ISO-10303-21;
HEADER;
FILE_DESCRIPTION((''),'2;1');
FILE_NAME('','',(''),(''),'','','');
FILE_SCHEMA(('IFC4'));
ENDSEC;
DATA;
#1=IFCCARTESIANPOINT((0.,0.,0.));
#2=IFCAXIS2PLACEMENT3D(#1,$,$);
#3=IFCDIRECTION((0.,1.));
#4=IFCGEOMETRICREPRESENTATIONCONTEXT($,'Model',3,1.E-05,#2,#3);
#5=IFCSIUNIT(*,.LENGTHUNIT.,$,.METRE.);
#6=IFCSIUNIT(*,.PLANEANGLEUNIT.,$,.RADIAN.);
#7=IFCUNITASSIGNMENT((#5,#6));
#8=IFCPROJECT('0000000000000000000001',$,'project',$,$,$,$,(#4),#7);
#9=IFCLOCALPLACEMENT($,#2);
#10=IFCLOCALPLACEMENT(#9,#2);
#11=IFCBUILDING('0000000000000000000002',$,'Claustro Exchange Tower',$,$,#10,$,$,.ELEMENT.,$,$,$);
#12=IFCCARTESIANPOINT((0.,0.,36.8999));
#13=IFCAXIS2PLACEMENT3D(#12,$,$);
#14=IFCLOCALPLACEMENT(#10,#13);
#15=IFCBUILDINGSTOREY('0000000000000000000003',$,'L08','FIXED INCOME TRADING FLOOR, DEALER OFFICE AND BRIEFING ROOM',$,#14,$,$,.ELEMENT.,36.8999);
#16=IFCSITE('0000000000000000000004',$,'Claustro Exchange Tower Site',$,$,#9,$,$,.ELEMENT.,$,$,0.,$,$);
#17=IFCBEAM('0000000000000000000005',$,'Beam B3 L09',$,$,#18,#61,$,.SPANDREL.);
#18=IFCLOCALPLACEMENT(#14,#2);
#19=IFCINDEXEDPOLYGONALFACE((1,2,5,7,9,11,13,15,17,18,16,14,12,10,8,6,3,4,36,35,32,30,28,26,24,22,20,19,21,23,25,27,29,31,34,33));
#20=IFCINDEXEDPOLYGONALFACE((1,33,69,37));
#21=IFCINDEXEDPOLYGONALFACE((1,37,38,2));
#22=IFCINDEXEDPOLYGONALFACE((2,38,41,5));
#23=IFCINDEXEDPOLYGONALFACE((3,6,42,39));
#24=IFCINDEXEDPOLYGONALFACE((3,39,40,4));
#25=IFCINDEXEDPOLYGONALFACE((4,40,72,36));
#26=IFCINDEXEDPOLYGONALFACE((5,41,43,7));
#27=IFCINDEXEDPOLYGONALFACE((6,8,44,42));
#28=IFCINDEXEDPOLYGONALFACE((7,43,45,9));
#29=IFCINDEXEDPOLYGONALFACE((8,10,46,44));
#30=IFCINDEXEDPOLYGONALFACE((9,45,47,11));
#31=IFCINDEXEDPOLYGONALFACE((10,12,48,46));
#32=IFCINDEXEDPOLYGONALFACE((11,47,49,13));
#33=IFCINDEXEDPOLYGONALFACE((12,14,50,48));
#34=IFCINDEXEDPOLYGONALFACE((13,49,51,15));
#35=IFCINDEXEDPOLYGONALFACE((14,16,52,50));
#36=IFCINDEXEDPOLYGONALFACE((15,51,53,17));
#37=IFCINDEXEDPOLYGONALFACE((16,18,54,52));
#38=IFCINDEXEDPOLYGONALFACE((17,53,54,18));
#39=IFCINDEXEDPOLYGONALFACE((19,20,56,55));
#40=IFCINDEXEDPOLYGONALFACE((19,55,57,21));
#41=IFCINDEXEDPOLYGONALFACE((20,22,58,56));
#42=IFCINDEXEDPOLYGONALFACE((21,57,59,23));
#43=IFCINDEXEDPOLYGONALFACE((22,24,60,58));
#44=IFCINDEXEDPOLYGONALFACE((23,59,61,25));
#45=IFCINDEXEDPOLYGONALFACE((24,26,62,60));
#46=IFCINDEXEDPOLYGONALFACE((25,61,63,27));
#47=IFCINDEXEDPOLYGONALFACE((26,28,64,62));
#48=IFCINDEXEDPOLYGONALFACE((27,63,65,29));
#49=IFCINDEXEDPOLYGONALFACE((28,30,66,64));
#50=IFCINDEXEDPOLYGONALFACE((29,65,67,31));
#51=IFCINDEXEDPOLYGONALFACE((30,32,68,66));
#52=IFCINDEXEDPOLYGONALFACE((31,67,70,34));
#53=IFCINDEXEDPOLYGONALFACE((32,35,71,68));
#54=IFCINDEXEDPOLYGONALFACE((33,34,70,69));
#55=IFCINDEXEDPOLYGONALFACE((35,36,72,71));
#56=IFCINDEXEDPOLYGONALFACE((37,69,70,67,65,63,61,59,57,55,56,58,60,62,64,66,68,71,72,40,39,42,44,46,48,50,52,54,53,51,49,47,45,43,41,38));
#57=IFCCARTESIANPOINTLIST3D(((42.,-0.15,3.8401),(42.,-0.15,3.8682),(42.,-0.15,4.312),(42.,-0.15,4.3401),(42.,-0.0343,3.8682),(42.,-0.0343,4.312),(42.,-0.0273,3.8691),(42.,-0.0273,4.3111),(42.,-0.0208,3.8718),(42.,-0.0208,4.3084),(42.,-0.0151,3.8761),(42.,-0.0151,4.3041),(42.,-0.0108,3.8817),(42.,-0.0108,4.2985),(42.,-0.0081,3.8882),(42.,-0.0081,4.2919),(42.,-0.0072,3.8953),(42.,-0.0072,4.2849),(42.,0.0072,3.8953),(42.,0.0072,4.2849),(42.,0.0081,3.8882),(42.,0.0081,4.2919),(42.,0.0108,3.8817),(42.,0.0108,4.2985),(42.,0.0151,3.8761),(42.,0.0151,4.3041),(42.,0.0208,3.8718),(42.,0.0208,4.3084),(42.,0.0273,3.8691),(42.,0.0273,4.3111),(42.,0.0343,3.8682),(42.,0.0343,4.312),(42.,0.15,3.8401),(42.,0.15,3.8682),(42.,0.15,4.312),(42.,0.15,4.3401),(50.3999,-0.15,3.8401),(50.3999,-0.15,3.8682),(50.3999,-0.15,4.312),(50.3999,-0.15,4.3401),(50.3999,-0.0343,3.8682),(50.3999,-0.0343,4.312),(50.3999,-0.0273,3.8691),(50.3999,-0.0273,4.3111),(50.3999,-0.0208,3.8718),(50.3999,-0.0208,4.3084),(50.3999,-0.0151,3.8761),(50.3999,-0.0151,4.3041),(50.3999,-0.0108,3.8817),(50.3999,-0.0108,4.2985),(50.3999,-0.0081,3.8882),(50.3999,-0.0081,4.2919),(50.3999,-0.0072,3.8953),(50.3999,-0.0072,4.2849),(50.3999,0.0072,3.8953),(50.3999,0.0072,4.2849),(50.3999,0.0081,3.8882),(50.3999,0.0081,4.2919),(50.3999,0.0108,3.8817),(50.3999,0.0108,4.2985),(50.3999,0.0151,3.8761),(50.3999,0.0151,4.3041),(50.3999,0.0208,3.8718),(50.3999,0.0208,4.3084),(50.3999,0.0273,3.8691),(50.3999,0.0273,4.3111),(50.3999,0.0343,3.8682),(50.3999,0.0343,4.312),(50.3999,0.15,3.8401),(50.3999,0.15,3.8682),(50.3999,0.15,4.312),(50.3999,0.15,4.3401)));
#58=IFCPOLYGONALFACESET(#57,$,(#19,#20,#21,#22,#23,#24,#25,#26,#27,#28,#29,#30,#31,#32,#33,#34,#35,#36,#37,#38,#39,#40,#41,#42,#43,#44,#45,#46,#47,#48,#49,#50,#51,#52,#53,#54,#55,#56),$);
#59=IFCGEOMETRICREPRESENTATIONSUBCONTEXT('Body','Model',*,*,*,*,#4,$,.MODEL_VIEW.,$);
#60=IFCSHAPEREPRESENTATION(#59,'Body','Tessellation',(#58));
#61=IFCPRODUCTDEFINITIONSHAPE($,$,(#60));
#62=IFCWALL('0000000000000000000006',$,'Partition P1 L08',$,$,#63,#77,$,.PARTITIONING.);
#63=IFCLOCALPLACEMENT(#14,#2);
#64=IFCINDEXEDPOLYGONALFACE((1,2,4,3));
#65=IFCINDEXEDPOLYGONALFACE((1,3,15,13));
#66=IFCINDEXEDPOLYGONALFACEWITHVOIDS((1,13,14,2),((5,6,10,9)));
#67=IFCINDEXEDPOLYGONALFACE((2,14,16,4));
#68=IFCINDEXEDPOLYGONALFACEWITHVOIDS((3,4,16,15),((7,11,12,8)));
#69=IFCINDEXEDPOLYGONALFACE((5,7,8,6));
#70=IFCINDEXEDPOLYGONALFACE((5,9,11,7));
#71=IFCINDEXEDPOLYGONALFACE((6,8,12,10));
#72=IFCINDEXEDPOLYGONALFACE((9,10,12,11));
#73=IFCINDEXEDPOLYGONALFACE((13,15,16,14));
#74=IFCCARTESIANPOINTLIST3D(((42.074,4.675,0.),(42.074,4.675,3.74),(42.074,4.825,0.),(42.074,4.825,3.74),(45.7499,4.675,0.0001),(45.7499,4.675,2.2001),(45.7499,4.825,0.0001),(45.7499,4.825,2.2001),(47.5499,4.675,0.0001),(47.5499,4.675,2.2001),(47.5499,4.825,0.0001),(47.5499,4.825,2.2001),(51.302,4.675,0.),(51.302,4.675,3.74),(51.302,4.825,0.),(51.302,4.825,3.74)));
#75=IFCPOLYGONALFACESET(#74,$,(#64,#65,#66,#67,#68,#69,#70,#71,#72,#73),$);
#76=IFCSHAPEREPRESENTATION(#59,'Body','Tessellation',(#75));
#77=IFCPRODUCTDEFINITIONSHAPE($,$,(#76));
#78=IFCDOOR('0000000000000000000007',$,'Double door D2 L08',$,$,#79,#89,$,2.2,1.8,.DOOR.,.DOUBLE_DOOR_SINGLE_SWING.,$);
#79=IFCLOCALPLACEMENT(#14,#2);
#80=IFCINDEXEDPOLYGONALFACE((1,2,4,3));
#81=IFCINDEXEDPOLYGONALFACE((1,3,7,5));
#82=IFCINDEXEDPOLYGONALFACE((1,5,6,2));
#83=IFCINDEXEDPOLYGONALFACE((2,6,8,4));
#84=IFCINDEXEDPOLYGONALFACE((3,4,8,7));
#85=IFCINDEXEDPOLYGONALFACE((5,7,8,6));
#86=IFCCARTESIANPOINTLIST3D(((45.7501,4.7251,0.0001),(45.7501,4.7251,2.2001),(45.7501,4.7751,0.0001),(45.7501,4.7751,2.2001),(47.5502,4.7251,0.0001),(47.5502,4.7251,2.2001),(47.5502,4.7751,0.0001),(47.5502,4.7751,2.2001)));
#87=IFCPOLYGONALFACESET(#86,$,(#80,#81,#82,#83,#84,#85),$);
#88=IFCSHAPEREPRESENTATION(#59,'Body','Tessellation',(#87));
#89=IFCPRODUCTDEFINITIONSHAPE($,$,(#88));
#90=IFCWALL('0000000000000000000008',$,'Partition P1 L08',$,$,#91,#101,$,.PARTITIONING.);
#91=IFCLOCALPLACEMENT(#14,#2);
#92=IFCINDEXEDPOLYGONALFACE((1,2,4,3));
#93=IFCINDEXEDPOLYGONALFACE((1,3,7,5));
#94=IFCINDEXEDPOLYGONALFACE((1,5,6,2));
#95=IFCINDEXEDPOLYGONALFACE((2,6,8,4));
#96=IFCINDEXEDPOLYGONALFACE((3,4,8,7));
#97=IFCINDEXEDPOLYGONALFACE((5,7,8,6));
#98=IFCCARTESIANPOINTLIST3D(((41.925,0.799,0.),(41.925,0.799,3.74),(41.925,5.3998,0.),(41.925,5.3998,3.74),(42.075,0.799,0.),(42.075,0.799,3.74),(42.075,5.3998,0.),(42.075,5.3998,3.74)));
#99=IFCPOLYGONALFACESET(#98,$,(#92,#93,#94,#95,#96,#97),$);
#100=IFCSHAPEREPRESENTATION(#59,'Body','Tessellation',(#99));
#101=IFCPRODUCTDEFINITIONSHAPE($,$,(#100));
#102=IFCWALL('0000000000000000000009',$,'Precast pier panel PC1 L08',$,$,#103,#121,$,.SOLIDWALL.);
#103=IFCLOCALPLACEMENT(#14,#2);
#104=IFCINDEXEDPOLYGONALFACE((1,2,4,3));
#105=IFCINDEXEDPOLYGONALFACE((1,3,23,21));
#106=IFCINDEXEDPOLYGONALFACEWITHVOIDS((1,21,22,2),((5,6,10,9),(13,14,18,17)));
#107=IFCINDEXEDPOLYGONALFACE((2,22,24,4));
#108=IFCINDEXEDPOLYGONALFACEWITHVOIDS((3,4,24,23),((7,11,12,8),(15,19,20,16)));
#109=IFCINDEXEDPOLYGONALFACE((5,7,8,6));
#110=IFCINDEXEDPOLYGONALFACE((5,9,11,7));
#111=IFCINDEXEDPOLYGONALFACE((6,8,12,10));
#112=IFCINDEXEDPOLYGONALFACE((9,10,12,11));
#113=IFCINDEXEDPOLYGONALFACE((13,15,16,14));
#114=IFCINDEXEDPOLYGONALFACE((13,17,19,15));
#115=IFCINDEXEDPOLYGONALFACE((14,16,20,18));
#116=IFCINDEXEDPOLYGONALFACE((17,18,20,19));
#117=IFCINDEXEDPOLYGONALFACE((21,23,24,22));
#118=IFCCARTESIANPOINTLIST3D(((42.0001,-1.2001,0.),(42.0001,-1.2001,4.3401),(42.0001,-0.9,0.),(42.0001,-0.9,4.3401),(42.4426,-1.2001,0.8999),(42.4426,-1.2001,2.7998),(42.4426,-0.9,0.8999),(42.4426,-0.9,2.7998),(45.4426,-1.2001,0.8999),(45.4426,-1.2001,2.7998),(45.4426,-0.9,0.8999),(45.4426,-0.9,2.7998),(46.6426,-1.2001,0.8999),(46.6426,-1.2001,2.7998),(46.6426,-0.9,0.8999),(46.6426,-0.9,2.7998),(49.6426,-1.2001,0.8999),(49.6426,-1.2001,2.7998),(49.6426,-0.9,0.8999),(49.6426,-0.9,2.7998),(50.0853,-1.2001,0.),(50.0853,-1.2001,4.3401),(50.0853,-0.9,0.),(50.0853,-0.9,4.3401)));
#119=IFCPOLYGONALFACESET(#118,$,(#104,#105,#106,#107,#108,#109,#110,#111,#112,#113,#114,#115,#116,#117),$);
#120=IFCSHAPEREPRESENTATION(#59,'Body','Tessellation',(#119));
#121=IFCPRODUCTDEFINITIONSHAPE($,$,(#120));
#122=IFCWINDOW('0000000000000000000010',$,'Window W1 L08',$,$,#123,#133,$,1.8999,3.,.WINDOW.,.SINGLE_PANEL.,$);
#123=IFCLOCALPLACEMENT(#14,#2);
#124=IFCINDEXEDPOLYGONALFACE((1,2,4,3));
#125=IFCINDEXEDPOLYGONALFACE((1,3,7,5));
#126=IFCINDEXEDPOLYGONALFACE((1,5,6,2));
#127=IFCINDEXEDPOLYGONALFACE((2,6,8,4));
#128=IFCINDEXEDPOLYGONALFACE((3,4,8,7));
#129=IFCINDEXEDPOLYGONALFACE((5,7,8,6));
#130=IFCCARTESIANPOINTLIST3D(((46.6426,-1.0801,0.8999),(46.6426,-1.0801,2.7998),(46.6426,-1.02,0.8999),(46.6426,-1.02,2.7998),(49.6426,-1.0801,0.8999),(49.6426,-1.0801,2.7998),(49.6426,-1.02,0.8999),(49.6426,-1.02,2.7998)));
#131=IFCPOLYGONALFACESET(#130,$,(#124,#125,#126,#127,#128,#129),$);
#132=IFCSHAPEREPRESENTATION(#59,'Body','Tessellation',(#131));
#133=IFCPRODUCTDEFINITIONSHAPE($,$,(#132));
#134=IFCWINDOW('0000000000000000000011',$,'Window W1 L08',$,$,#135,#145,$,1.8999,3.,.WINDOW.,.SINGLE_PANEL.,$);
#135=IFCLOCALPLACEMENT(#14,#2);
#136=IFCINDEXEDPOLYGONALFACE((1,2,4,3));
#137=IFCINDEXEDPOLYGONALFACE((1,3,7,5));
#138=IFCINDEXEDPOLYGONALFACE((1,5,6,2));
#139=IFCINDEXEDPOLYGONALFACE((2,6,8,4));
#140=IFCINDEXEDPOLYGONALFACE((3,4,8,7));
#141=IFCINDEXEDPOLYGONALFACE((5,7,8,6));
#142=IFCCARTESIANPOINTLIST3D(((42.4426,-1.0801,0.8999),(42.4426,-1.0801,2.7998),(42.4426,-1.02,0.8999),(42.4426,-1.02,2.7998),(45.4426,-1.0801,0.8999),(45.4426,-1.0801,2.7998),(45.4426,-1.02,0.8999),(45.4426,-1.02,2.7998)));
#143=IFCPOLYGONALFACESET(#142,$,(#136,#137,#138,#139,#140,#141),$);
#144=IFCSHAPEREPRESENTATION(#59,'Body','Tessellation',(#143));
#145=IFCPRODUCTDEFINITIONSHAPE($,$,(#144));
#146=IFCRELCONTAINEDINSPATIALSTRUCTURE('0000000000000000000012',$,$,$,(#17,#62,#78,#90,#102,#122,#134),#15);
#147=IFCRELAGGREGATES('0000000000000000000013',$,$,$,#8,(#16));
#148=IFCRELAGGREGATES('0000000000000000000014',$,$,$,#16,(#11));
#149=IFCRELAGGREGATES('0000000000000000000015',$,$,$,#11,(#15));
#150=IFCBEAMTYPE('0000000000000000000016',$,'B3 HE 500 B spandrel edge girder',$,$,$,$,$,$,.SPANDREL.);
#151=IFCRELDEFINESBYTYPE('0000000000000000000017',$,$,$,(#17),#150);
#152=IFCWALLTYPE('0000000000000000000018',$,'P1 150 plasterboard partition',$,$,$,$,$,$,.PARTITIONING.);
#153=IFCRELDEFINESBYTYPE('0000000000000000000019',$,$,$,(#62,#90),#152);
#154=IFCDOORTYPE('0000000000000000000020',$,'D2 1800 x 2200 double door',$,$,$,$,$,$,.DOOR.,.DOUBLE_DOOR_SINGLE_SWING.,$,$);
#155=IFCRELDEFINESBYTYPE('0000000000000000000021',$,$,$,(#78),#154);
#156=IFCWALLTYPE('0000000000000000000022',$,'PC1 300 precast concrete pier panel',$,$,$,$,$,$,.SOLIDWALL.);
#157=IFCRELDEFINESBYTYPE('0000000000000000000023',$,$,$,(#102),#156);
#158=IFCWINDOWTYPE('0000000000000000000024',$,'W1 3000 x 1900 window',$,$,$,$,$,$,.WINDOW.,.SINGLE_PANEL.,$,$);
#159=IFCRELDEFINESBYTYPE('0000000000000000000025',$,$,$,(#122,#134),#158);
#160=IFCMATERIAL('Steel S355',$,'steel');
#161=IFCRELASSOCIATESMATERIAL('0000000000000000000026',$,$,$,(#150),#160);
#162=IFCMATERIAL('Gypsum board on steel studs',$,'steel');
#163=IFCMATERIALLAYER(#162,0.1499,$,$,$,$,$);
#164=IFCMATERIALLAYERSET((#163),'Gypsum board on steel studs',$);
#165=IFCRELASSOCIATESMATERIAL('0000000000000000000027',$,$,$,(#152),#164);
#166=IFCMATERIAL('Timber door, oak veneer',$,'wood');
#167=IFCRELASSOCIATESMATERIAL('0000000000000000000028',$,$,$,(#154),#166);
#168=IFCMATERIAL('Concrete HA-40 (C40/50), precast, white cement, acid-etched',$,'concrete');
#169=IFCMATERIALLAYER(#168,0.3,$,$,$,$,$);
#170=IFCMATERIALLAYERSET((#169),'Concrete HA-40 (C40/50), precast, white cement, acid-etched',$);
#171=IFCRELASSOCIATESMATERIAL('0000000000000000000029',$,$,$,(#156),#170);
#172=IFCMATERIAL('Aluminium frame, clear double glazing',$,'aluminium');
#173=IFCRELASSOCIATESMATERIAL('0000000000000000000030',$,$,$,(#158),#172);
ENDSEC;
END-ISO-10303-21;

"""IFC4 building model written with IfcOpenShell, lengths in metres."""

from ifc_helpers import new_model, si_unit, direction, frame, frame_2d, origin, origin_2d, place, context, subcontext, project, spatial, rectangle, i_section, extrude, material, layer, layer_set, material_profile, profile_set, type_object, element, fill, save


model = new_model("IFC4")

# Units and contexts
model_context = context("Model", 3, precision=1e-05, world=origin(), true_north=direction((0.0, 1.0)))
body_context = subcontext(model_context, "Body", "Model", "MODEL_VIEW")
ifc_project = project(units=[si_unit("LENGTHUNIT", "METRE"), si_unit("PLANEANGLEUNIT", "RADIAN")], contexts=[model_context])

# Site, building, storey
site_placement = place(None, origin())
site = spatial("IfcSite", under=ifc_project, at=site_placement, Name="Claustro Exchange Tower Site", CompositionType="ELEMENT", RefElevation=0.0)
building_placement = place(site_placement, origin())
building = spatial("IfcBuilding", under=site, at=building_placement, Name="Claustro Exchange Tower", CompositionType="ELEMENT")
storey_placement = place(building_placement, frame((0.0, 0.0, 36.8999)))
storey = spatial("IfcBuildingStorey", under=building, at=storey_placement, Name="L08", Description="FIXED INCOME TRADING FLOOR, DEALER OFFICE AND BRIEFING ROOM", CompositionType="ELEMENT", Elevation=36.8999)

# Beam
ifc_material_1 = material(Name="Steel S355", Category="steel")
ifc_material_profile_1 = material_profile(ifc_material_1, i_section(OverallWidth=0.3, OverallDepth=0.5, WebThickness=0.0144, FlangeThickness=0.0281, FilletRadius=0.0271, at=origin_2d()), Name="HE 500 B")
ifc_profile_set_1 = profile_set([ifc_material_profile_1], Name="Steel S355")
beam_type_1 = type_object("IfcBeamType", Name="B3 HE 500 B spandrel edge girder", PredefinedType="SPANDREL", material=ifc_profile_set_1)
for number, where, z_axis, x_axis, name in (
    (1, (42.0, 0.0, 4.0901), (1.0, 0.0, 0.0), (0.0, 1.0, 0.0), "Beam B3 L09"),
):
    element("IfcBeam", number, at=place(storey_placement, frame(where, z_axis=z_axis, x_axis=x_axis)), inside=storey, type_object=beam_type_1, Name=name, PredefinedType="SPANDREL", context=body_context, shape_type="SweptSolid", body=[
        extrude(i_section(OverallWidth=0.3, OverallDepth=0.5, WebThickness=0.0144, FlangeThickness=0.0281, FilletRadius=0.0271, at=origin_2d()), origin(), (0.0, 0.0, 1.0), 8.3999),
    ])

# Wall, opening, door
ifc_material_2 = material(Name="Gypsum board on steel studs", Category="steel")
ifc_layer_1 = layer(ifc_material_2, 0.1499)
ifc_layer_set_1 = layer_set([ifc_layer_1], Name="Gypsum board on steel studs")
wall_type_1 = type_object("IfcWallType", Name="P1 150 plasterboard partition", PredefinedType="PARTITIONING", material=ifc_layer_set_1)
wall_1_placement = place(storey_placement, frame((42.074, 4.75, 0.0), z_axis=(0.0, 0.0, 1.0), x_axis=(1.0, 0.0, 0.0)))
wall_1 = element("IfcWall", 2, at=wall_1_placement, inside=storey, type_object=wall_type_1, Name="Partition P1 L08", PredefinedType="PARTITIONING", context=body_context, shape_type="SweptSolid", body=[
    extrude(rectangle(XDim=9.228, YDim=0.1499, at=frame_2d((4.614, 0.0))), origin(), (0.0, 0.0, 1.0), 3.74),
])
opening_1_placement = place(wall_1_placement, frame((3.676, 0.0, 0.0)))
opening_1 = element("IfcOpeningElement", 3, at=opening_1_placement, cuts=wall_1, PredefinedType="OPENING", context=body_context, shape_type="SweptSolid", body=[
    extrude(rectangle(XDim=1.8, YDim=2.2, at=frame_2d((0.8999, 1.1001))), frame((0.0, 0.085, 0.0), z_axis=(0.0, -1.0, 0.0), x_axis=(1.0, 0.0, 0.0)), (0.0, 0.0, 1.0), 0.1699),
])
ifc_material_3 = material(Name="Timber door, oak veneer", Category="wood")
door_type = type_object("IfcDoorType", Name="D2 1800 x 2200 double door", OperationType="DOUBLE_DOOR_SINGLE_SWING", PredefinedType="DOOR", material=ifc_material_3)
door_placement = place(opening_1_placement, frame((1.8, 0.0, 0.0), z_axis=(0.0, 0.0, 1.0), x_axis=(-1.0, 0.0, 0.0)))
door = element("IfcDoor", 4, at=door_placement, inside=storey, type_object=door_type, Name="Double door D2 L08", OperationType="DOUBLE_DOOR_SINGLE_SWING", OverallHeight=2.2, OverallWidth=1.8, PredefinedType="DOOR", context=body_context, shape_type="SweptSolid", body=[
    extrude(rectangle(XDim=1.8, YDim=2.2, at=frame_2d((0.8999, 1.1001))), frame((0.0, 0.0249, 0.0), z_axis=(0.0, -1.0, 0.0), x_axis=(1.0, 0.0, 0.0)), (0.0, 0.0, 1.0), 0.05),
])
fill(opening_1, door)

# Wall
wall_2_placement = place(storey_placement, frame((42.0, 0.7991, 0.0), z_axis=(0.0, 0.0, 1.0), x_axis=(0.0, 1.0, 0.0)))
element("IfcWall", 5, at=wall_2_placement, inside=storey, type_object=wall_type_1, Name="Partition P1 L08", PredefinedType="PARTITIONING", context=body_context, shape_type="SweptSolid", body=[
    extrude(rectangle(XDim=4.6008, YDim=0.1499, at=frame_2d((2.3003, 0.0))), origin(), (0.0, 0.0, 1.0), 3.74),
])

# Wall, openings, windows
ifc_material_4 = material(Name="Concrete HA-40 (C40/50), precast, white cement, acid-etched", Category="concrete")
ifc_layer_2 = layer(ifc_material_4, 0.3)
ifc_layer_set_2 = layer_set([ifc_layer_2], Name="Concrete HA-40 (C40/50), precast, white cement, acid-etched")
wall_type_2 = type_object("IfcWallType", Name="PC1 300 precast concrete pier panel", PredefinedType="SOLIDWALL", material=ifc_layer_set_2)
wall_3_placement = place(storey_placement, frame((50.0852, -1.05, 0.0), z_axis=(0.0, 0.0, 1.0), x_axis=(-1.0, 0.0, 0.0)))
wall_3 = element("IfcWall", 6, at=wall_3_placement, inside=storey, type_object=wall_type_2, Name="Precast pier panel PC1 L08", PredefinedType="SOLIDWALL", context=body_context, shape_type="SweptSolid", body=[
    extrude(rectangle(XDim=8.0852, YDim=0.3, at=frame_2d((4.0425, 0.0))), origin(), (0.0, 0.0, 1.0), 4.3401),
])
opening_2_placement = place(wall_3_placement, frame((0.4426, 0.0, 0.8999)))
opening_2 = element("IfcOpeningElement", 7, at=opening_2_placement, cuts=wall_3, PredefinedType="OPENING", context=body_context, shape_type="SweptSolid", body=[
    extrude(rectangle(XDim=3.0, YDim=1.8999, at=frame_2d((1.5, 0.95))), frame((0.0, 0.1599, 0.0), z_axis=(0.0, -1.0, 0.0), x_axis=(1.0, 0.0, 0.0)), (0.0, 0.0, 1.0), 0.3201),
])
opening_3_placement = place(wall_3_placement, frame((4.6426, 0.0, 0.8999)))
opening_3 = element("IfcOpeningElement", 8, at=opening_3_placement, cuts=wall_3, PredefinedType="OPENING", context=body_context, shape_type="SweptSolid", body=[
    extrude(rectangle(XDim=3.0, YDim=1.8999, at=frame_2d((1.5, 0.95))), frame((0.0, 0.1599, 0.0), z_axis=(0.0, -1.0, 0.0), x_axis=(1.0, 0.0, 0.0)), (0.0, 0.0, 1.0), 0.3201),
])
ifc_material_5 = material(Name="Aluminium frame, clear double glazing", Category="aluminium")
window_type = type_object("IfcWindowType", Name="W1 3000 x 1900 window", PartitioningType="SINGLE_PANEL", PredefinedType="WINDOW", material=ifc_material_5)
window_1_placement = place(opening_2_placement, origin())
window_1 = element("IfcWindow", 9, at=window_1_placement, inside=storey, type_object=window_type, Name="Window W1 L08", OverallHeight=1.8999, OverallWidth=3.0, PartitioningType="SINGLE_PANEL", PredefinedType="WINDOW", context=body_context, shape_type="SweptSolid", body=[
    extrude(rectangle(XDim=3.0, YDim=1.8999, at=frame_2d((1.5, 0.95))), frame((0.0, 0.03, 0.0), z_axis=(0.0, -1.0, 0.0), x_axis=(1.0, 0.0, 0.0)), (0.0, 0.0, 1.0), 0.0601),
])
fill(opening_2, window_1)
window_2_placement = place(opening_3_placement, origin())
window_2 = element("IfcWindow", 10, at=window_2_placement, inside=storey, type_object=window_type, Name="Window W1 L08", OverallHeight=1.8999, OverallWidth=3.0, PartitioningType="SINGLE_PANEL", PredefinedType="WINDOW", context=body_context, shape_type="SweptSolid", body=[
    extrude(rectangle(XDim=3.0, YDim=1.8999, at=frame_2d((1.5, 0.95))), frame((0.0, 0.03, 0.0), z_axis=(0.0, -1.0, 0.0), x_axis=(1.0, 0.0, 0.0)), (0.0, 0.0, 1.0), 0.0601),
])
fill(opening_3, window_2)

save(model, "model.ifc")
